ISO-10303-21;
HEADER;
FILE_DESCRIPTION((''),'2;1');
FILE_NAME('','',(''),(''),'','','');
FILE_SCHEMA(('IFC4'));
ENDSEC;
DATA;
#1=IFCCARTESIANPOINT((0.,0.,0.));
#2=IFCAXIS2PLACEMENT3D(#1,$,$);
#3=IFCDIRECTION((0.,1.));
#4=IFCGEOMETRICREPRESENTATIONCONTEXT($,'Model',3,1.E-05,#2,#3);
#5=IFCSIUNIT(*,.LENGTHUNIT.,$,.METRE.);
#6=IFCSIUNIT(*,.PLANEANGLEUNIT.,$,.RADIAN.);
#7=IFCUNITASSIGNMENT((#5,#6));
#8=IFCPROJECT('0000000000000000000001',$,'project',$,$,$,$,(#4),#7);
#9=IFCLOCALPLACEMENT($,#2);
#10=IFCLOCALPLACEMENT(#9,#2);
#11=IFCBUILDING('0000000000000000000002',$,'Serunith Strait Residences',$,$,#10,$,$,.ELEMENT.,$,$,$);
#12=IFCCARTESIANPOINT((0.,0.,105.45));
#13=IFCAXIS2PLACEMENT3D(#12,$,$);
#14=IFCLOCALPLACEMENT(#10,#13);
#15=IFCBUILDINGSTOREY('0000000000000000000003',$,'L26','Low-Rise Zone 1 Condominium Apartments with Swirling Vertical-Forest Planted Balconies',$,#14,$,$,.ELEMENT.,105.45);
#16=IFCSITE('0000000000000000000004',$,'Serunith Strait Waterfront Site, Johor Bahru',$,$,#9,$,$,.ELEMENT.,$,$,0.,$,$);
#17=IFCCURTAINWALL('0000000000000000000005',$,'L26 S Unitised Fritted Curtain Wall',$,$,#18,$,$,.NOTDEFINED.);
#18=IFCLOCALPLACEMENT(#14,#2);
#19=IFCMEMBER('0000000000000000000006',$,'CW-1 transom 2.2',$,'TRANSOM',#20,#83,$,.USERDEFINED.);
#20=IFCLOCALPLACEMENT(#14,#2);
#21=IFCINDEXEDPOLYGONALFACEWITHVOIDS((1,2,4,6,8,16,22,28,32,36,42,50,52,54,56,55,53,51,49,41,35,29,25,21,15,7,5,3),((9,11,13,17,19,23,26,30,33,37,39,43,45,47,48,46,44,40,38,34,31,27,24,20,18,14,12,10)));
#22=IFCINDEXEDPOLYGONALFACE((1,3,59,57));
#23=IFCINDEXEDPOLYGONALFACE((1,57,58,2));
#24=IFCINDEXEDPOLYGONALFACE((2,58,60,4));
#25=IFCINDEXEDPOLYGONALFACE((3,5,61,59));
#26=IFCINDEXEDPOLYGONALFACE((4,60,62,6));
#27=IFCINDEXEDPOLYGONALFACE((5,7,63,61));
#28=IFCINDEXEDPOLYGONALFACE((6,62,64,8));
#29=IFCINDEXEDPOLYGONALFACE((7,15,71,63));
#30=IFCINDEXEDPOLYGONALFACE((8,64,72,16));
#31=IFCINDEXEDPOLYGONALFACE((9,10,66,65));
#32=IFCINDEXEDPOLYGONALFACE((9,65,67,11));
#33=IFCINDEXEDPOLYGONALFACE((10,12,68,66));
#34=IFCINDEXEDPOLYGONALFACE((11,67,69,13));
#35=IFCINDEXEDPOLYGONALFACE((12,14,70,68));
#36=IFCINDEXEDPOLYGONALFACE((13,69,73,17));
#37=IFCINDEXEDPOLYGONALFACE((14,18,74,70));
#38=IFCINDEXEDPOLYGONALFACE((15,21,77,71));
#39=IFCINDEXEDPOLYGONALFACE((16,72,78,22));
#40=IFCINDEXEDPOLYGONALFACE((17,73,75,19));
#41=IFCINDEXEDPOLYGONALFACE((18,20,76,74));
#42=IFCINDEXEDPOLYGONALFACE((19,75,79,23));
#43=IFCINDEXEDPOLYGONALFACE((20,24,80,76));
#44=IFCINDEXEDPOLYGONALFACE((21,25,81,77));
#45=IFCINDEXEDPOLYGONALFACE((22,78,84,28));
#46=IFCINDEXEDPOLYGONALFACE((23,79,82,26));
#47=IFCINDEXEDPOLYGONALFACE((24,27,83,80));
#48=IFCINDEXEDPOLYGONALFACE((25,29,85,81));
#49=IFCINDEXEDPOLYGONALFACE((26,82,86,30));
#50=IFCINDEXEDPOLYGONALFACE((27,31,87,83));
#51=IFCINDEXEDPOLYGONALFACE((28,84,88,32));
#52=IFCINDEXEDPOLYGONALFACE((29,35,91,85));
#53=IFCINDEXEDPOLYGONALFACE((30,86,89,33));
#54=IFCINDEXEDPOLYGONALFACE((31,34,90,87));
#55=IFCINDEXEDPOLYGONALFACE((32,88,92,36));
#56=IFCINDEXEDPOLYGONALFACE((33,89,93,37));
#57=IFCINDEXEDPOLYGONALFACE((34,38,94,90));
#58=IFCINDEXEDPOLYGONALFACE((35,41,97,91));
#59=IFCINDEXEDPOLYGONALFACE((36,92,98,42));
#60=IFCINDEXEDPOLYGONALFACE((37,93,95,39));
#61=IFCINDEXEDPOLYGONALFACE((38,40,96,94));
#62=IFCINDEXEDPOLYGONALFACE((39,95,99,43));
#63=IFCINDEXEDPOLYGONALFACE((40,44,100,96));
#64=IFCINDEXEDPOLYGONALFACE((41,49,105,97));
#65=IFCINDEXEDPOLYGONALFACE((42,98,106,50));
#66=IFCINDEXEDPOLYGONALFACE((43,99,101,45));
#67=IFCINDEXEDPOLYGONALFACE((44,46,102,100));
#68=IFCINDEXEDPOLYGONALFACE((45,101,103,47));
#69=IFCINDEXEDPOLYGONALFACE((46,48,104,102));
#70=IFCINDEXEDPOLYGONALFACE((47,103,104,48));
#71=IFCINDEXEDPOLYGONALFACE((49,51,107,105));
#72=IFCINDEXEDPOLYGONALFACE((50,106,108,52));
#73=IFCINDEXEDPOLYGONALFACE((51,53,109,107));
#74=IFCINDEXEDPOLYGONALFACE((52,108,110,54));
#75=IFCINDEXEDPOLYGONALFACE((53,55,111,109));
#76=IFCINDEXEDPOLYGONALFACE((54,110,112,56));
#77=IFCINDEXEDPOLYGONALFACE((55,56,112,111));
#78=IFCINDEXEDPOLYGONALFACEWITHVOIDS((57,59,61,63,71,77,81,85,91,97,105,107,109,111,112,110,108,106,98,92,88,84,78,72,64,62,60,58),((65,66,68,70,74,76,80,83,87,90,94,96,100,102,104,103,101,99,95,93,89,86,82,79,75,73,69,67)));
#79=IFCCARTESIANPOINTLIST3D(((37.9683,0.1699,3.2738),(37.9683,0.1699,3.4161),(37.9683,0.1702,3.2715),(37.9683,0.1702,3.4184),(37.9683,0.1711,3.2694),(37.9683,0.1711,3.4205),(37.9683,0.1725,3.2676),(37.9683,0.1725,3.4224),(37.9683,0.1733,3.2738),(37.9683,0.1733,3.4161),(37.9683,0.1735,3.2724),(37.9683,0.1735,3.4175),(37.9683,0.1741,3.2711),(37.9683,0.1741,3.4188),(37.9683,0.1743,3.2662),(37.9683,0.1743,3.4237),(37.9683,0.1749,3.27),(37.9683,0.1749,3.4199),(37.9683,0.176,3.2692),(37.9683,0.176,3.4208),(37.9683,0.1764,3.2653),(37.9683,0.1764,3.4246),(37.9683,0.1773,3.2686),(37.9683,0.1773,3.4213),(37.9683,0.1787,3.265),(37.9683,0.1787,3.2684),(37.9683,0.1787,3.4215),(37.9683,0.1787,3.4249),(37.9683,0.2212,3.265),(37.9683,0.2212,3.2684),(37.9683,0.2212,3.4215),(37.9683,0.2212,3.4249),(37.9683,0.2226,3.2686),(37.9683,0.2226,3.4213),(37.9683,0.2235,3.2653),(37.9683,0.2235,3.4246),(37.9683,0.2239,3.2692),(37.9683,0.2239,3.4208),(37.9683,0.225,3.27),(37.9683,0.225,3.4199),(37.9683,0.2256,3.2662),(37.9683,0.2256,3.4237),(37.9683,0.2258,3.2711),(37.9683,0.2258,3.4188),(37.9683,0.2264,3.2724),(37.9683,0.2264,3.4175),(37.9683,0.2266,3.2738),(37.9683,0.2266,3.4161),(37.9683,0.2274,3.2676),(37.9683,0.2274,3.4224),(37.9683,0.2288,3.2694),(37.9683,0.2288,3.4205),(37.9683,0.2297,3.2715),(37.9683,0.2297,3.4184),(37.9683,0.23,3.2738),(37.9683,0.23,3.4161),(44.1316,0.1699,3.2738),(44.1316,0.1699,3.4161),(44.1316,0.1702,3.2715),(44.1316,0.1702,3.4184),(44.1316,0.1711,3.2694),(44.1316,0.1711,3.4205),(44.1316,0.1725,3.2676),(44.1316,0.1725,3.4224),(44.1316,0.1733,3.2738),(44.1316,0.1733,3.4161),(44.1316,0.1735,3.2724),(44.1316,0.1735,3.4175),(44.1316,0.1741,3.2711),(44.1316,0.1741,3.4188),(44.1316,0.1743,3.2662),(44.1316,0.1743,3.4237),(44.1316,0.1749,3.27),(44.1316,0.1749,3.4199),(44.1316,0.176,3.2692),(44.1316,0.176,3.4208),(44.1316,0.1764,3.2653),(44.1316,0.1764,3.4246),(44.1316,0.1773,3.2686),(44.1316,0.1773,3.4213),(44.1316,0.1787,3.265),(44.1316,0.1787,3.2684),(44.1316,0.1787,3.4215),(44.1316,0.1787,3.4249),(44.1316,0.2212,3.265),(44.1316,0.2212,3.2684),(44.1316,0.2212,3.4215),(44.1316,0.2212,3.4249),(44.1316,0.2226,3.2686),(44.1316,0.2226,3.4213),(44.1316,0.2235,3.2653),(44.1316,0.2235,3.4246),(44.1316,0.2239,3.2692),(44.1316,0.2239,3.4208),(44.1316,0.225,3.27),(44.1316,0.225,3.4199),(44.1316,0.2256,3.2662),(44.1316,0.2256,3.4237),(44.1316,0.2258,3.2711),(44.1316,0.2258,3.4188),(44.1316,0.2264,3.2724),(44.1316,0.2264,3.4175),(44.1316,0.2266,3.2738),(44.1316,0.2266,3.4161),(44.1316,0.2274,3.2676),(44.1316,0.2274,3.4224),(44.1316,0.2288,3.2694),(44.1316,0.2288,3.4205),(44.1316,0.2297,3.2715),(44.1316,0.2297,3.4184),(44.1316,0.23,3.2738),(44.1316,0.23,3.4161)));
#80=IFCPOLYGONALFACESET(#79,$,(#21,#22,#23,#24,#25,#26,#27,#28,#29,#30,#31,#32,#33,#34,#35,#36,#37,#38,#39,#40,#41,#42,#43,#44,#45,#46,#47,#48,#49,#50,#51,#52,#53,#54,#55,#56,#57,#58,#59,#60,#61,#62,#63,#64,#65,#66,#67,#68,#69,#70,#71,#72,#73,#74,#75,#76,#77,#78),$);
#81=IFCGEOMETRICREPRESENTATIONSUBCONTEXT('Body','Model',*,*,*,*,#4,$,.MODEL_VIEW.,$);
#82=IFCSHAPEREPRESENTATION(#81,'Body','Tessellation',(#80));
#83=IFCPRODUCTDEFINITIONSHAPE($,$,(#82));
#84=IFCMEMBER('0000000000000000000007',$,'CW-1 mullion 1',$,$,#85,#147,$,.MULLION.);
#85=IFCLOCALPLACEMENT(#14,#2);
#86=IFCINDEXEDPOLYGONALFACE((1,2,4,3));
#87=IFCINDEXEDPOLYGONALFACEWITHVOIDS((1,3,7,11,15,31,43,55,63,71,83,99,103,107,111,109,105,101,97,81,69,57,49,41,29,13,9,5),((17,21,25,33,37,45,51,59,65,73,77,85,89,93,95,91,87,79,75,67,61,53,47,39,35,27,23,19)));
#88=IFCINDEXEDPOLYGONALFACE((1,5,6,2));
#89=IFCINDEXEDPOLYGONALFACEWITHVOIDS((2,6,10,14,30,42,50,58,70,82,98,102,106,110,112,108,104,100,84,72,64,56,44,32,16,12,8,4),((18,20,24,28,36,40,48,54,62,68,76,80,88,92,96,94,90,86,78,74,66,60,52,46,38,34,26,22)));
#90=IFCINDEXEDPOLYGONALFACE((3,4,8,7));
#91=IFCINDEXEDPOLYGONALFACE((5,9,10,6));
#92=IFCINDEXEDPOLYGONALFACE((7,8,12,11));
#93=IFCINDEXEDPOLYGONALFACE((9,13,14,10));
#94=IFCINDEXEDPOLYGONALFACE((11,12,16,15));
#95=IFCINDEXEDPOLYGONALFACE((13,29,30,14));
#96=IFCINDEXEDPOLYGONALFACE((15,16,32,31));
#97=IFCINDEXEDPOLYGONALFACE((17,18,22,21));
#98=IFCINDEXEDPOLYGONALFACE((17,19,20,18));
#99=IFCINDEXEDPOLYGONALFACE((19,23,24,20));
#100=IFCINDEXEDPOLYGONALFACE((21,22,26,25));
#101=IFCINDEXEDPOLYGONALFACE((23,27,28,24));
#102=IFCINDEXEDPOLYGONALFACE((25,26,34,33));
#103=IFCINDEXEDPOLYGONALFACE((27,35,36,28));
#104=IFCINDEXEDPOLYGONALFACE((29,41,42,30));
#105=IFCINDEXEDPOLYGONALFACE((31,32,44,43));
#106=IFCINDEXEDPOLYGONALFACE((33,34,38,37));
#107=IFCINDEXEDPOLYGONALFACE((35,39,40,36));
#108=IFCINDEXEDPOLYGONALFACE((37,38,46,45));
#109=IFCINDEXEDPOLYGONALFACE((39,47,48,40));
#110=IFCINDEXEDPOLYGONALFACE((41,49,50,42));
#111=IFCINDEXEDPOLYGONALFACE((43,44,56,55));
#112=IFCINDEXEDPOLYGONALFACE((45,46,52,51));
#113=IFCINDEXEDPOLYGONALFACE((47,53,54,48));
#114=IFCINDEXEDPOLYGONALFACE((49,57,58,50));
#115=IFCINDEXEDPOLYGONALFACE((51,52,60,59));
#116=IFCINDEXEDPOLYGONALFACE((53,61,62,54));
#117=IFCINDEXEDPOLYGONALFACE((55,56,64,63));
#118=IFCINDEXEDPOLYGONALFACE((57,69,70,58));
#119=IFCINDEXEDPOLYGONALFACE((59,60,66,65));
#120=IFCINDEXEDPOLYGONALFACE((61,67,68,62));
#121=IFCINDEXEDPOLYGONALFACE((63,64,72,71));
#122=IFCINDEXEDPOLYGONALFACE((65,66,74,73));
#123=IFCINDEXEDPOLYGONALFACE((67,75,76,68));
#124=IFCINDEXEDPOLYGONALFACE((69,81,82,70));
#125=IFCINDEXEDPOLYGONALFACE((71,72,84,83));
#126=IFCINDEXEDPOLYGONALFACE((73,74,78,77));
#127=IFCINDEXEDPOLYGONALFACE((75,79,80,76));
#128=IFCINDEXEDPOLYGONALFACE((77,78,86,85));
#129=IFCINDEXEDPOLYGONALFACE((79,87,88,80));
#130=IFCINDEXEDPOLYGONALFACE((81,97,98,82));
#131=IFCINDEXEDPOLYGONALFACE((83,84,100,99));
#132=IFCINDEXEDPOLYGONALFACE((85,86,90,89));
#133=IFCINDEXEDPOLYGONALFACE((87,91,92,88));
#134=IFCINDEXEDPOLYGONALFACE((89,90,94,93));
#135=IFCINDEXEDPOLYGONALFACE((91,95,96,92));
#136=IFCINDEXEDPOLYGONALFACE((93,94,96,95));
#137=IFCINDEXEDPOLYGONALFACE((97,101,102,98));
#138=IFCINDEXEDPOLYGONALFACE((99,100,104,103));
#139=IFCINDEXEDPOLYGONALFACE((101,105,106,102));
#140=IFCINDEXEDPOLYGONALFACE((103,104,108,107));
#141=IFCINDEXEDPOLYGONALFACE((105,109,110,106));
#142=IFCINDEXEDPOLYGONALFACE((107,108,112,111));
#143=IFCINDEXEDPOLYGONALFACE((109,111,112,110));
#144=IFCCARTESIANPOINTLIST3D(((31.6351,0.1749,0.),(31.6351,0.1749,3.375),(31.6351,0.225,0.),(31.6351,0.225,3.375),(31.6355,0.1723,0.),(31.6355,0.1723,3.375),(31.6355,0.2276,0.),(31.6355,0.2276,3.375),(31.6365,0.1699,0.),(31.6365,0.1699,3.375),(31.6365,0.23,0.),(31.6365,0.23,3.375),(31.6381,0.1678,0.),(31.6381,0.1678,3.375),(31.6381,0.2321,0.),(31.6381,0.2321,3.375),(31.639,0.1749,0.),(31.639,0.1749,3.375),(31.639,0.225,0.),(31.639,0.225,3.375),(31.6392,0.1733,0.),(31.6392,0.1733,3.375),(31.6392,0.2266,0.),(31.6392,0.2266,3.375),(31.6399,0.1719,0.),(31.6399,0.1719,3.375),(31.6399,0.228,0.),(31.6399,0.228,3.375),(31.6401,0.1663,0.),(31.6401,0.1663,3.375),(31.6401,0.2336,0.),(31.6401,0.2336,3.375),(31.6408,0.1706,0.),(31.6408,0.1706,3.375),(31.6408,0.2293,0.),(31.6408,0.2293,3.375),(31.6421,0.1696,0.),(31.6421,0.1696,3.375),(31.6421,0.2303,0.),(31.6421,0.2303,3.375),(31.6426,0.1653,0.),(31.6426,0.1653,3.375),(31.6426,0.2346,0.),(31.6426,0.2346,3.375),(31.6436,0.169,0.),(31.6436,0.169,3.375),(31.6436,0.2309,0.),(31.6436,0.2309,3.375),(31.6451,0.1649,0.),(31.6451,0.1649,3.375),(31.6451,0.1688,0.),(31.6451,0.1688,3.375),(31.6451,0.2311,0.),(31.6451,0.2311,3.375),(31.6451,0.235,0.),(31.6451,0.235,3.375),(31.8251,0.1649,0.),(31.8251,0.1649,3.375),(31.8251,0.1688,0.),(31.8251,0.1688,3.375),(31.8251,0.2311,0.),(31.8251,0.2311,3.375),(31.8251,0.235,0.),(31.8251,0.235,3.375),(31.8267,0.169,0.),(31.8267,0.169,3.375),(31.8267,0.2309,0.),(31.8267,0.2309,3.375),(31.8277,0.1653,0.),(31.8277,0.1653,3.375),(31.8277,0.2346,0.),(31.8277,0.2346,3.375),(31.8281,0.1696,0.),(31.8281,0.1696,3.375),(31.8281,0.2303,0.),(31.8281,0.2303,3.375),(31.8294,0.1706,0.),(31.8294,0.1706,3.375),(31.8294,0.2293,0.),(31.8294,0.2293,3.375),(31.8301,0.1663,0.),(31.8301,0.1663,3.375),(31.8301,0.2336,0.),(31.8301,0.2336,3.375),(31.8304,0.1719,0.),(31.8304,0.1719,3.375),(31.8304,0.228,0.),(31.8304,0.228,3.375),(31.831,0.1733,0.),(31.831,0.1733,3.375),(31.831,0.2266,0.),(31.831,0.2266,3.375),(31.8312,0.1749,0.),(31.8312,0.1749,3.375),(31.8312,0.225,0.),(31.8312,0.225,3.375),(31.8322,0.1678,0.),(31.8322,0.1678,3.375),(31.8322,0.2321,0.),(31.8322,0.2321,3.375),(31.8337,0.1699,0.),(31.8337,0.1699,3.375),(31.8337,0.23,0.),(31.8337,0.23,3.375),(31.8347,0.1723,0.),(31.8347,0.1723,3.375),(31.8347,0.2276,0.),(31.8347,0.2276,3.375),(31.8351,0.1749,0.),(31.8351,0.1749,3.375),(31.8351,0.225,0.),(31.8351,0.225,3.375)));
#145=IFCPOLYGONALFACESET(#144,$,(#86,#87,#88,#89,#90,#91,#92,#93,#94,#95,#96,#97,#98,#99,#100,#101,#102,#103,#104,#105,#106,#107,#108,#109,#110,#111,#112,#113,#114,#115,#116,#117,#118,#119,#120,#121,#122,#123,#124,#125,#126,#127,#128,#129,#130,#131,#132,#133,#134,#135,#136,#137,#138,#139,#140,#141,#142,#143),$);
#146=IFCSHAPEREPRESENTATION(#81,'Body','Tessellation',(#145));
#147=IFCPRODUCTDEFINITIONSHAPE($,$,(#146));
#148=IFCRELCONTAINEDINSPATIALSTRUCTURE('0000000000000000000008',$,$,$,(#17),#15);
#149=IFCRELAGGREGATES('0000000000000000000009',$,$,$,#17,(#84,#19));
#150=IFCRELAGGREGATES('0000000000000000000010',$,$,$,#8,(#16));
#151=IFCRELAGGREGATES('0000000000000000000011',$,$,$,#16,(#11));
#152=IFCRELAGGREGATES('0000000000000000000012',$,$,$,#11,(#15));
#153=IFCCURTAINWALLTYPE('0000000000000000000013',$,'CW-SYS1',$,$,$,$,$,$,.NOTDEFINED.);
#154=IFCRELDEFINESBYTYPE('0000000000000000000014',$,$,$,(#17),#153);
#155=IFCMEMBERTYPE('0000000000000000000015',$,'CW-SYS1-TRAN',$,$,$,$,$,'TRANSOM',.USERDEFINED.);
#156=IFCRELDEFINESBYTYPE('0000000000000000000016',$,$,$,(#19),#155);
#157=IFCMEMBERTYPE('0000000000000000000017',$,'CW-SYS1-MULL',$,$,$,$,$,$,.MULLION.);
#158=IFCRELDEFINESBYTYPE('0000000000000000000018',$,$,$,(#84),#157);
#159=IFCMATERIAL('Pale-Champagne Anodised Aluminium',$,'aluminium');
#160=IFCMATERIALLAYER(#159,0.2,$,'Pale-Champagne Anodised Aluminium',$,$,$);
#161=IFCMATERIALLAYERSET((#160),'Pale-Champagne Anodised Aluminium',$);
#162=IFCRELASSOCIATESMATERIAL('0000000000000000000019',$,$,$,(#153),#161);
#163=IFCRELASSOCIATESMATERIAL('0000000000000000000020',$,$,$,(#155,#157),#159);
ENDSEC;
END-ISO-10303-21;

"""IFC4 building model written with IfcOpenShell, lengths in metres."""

from ifc_helpers import new_model, si_unit, direction, frame, origin, origin_2d, place, context, subcontext, project, spatial, hollow_rectangle, extrude, source, transform, mapped, material, layer, layer_set, material_profile, profile_set, type_object, element, aggregate, save


model = new_model("IFC4")

# Units and contexts
model_context = context("Model", 3, precision=1e-05, world=origin(), true_north=direction((0.0, 1.0)))
body_context = subcontext(model_context, "Body", "Model", "MODEL_VIEW")
ifc_project = project(units=[si_unit("LENGTHUNIT", "METRE"), si_unit("PLANEANGLEUNIT", "RADIAN")], contexts=[model_context])

# Site, building, storey
site_placement = place(None, origin())
site = spatial("IfcSite", under=ifc_project, at=site_placement, Name="Serunith Strait Waterfront Site, Johor Bahru", CompositionType="ELEMENT", RefElevation=0.0)
building_placement = place(site_placement, origin())
building = spatial("IfcBuilding", under=site, at=building_placement, Name="Serunith Strait Residences", CompositionType="ELEMENT")
storey_placement = place(building_placement, frame((0.0, 0.0, 105.45)))
storey = spatial("IfcBuildingStorey", under=building, at=storey_placement, Name="L26", Description="Low-Rise Zone 1 Condominium Apartments with Swirling Vertical-Forest Planted Balconies", CompositionType="ELEMENT", Elevation=105.45)

# Curtain wall, members
ifc_material_1 = material(Name="Pale-Champagne Anodised Aluminium", Category="aluminium")
ifc_layer_1 = layer(ifc_material_1, 0.2, Name="Pale-Champagne Anodised Aluminium")
ifc_layer_set_1 = layer_set([ifc_layer_1], Name="Pale-Champagne Anodised Aluminium")
curtain_wall_type = type_object("IfcCurtainWallType", Name="CW-SYS1", PredefinedType="NOTDEFINED", material=ifc_layer_set_1)
curtain_wall_placement = place(storey_placement, origin())
curtain_wall = element("IfcCurtainWall", 1, at=curtain_wall_placement, inside=storey, type_object=curtain_wall_type, Name="L26 S Unitised Fritted Curtain Wall", PredefinedType="NOTDEFINED")
ifc_material_profile_1 = material_profile(ifc_material_1, hollow_rectangle(XDim=0.0601, YDim=0.1599, WallThickness=0.0034, InnerFilletRadius=0.0054, OuterFilletRadius=0.0088, at=origin_2d()), Name="ALU 160x60x3.5")
ifc_profile_set_1 = profile_set([ifc_material_profile_1], Name="Pale-Champagne Anodised Aluminium")
member_type_1 = type_object("IfcMemberType", Name="CW-SYS1-TRAN", ElementType="TRANSOM", PredefinedType="USERDEFINED", material=ifc_profile_set_1)
shared_shape_1 = source(origin(), body_context, "Body", "SweptSolid", [
    extrude(hollow_rectangle(XDim=0.0601, YDim=0.1599, WallThickness=0.0034, InnerFilletRadius=0.0054, OuterFilletRadius=0.0088, at=origin_2d()), origin(), (0.0, 0.0, 1.0), 6.1633),
])
member_1_placement = place(storey_placement, frame((37.9683, 0.2, 3.345), z_axis=(1.0, 0.0, 0.0), x_axis=(0.0, 1.0, 0.0)))
member_1 = element("IfcMember", 2, at=member_1_placement, type_object=member_type_1, Name="CW-1 transom 2.2", ObjectType="TRANSOM", PredefinedType="USERDEFINED", context=body_context, shape_type="MappedRepresentation", body=[
    mapped(shared_shape_1, transform((0.0, 0.0, 0.0), scale=1.0)),
])
ifc_material_profile_2 = material_profile(ifc_material_1, hollow_rectangle(XDim=0.0701, YDim=0.2, WallThickness=0.0039, InnerFilletRadius=0.0061, OuterFilletRadius=0.01, at=origin_2d()), Name="ALU 200x70x4")
ifc_profile_set_2 = profile_set([ifc_material_profile_2], Name="Pale-Champagne Anodised Aluminium")
member_type_2 = type_object("IfcMemberType", Name="CW-SYS1-MULL", PredefinedType="MULLION", material=ifc_profile_set_2)
shared_shape_2 = source(origin(), body_context, "Body", "SweptSolid", [
    extrude(hollow_rectangle(XDim=0.0701, YDim=0.2, WallThickness=0.0039, InnerFilletRadius=0.0061, OuterFilletRadius=0.01, at=origin_2d()), origin(), (0.0, 0.0, 1.0), 3.375),
])
member_2_placement = place(storey_placement, frame((31.7351, 0.2, 0.0), z_axis=(0.0, 0.0, 1.0), x_axis=(0.0, 1.0, 0.0)))
member_2 = element("IfcMember", 3, at=member_2_placement, type_object=member_type_2, Name="CW-1 mullion 1", PredefinedType="MULLION", context=body_context, shape_type="MappedRepresentation", body=[
    mapped(shared_shape_2, transform((0.0, 0.0, 0.0), scale=1.0)),
])
aggregate(curtain_wall, [member_2, member_1])

save(model, "model.ifc")
